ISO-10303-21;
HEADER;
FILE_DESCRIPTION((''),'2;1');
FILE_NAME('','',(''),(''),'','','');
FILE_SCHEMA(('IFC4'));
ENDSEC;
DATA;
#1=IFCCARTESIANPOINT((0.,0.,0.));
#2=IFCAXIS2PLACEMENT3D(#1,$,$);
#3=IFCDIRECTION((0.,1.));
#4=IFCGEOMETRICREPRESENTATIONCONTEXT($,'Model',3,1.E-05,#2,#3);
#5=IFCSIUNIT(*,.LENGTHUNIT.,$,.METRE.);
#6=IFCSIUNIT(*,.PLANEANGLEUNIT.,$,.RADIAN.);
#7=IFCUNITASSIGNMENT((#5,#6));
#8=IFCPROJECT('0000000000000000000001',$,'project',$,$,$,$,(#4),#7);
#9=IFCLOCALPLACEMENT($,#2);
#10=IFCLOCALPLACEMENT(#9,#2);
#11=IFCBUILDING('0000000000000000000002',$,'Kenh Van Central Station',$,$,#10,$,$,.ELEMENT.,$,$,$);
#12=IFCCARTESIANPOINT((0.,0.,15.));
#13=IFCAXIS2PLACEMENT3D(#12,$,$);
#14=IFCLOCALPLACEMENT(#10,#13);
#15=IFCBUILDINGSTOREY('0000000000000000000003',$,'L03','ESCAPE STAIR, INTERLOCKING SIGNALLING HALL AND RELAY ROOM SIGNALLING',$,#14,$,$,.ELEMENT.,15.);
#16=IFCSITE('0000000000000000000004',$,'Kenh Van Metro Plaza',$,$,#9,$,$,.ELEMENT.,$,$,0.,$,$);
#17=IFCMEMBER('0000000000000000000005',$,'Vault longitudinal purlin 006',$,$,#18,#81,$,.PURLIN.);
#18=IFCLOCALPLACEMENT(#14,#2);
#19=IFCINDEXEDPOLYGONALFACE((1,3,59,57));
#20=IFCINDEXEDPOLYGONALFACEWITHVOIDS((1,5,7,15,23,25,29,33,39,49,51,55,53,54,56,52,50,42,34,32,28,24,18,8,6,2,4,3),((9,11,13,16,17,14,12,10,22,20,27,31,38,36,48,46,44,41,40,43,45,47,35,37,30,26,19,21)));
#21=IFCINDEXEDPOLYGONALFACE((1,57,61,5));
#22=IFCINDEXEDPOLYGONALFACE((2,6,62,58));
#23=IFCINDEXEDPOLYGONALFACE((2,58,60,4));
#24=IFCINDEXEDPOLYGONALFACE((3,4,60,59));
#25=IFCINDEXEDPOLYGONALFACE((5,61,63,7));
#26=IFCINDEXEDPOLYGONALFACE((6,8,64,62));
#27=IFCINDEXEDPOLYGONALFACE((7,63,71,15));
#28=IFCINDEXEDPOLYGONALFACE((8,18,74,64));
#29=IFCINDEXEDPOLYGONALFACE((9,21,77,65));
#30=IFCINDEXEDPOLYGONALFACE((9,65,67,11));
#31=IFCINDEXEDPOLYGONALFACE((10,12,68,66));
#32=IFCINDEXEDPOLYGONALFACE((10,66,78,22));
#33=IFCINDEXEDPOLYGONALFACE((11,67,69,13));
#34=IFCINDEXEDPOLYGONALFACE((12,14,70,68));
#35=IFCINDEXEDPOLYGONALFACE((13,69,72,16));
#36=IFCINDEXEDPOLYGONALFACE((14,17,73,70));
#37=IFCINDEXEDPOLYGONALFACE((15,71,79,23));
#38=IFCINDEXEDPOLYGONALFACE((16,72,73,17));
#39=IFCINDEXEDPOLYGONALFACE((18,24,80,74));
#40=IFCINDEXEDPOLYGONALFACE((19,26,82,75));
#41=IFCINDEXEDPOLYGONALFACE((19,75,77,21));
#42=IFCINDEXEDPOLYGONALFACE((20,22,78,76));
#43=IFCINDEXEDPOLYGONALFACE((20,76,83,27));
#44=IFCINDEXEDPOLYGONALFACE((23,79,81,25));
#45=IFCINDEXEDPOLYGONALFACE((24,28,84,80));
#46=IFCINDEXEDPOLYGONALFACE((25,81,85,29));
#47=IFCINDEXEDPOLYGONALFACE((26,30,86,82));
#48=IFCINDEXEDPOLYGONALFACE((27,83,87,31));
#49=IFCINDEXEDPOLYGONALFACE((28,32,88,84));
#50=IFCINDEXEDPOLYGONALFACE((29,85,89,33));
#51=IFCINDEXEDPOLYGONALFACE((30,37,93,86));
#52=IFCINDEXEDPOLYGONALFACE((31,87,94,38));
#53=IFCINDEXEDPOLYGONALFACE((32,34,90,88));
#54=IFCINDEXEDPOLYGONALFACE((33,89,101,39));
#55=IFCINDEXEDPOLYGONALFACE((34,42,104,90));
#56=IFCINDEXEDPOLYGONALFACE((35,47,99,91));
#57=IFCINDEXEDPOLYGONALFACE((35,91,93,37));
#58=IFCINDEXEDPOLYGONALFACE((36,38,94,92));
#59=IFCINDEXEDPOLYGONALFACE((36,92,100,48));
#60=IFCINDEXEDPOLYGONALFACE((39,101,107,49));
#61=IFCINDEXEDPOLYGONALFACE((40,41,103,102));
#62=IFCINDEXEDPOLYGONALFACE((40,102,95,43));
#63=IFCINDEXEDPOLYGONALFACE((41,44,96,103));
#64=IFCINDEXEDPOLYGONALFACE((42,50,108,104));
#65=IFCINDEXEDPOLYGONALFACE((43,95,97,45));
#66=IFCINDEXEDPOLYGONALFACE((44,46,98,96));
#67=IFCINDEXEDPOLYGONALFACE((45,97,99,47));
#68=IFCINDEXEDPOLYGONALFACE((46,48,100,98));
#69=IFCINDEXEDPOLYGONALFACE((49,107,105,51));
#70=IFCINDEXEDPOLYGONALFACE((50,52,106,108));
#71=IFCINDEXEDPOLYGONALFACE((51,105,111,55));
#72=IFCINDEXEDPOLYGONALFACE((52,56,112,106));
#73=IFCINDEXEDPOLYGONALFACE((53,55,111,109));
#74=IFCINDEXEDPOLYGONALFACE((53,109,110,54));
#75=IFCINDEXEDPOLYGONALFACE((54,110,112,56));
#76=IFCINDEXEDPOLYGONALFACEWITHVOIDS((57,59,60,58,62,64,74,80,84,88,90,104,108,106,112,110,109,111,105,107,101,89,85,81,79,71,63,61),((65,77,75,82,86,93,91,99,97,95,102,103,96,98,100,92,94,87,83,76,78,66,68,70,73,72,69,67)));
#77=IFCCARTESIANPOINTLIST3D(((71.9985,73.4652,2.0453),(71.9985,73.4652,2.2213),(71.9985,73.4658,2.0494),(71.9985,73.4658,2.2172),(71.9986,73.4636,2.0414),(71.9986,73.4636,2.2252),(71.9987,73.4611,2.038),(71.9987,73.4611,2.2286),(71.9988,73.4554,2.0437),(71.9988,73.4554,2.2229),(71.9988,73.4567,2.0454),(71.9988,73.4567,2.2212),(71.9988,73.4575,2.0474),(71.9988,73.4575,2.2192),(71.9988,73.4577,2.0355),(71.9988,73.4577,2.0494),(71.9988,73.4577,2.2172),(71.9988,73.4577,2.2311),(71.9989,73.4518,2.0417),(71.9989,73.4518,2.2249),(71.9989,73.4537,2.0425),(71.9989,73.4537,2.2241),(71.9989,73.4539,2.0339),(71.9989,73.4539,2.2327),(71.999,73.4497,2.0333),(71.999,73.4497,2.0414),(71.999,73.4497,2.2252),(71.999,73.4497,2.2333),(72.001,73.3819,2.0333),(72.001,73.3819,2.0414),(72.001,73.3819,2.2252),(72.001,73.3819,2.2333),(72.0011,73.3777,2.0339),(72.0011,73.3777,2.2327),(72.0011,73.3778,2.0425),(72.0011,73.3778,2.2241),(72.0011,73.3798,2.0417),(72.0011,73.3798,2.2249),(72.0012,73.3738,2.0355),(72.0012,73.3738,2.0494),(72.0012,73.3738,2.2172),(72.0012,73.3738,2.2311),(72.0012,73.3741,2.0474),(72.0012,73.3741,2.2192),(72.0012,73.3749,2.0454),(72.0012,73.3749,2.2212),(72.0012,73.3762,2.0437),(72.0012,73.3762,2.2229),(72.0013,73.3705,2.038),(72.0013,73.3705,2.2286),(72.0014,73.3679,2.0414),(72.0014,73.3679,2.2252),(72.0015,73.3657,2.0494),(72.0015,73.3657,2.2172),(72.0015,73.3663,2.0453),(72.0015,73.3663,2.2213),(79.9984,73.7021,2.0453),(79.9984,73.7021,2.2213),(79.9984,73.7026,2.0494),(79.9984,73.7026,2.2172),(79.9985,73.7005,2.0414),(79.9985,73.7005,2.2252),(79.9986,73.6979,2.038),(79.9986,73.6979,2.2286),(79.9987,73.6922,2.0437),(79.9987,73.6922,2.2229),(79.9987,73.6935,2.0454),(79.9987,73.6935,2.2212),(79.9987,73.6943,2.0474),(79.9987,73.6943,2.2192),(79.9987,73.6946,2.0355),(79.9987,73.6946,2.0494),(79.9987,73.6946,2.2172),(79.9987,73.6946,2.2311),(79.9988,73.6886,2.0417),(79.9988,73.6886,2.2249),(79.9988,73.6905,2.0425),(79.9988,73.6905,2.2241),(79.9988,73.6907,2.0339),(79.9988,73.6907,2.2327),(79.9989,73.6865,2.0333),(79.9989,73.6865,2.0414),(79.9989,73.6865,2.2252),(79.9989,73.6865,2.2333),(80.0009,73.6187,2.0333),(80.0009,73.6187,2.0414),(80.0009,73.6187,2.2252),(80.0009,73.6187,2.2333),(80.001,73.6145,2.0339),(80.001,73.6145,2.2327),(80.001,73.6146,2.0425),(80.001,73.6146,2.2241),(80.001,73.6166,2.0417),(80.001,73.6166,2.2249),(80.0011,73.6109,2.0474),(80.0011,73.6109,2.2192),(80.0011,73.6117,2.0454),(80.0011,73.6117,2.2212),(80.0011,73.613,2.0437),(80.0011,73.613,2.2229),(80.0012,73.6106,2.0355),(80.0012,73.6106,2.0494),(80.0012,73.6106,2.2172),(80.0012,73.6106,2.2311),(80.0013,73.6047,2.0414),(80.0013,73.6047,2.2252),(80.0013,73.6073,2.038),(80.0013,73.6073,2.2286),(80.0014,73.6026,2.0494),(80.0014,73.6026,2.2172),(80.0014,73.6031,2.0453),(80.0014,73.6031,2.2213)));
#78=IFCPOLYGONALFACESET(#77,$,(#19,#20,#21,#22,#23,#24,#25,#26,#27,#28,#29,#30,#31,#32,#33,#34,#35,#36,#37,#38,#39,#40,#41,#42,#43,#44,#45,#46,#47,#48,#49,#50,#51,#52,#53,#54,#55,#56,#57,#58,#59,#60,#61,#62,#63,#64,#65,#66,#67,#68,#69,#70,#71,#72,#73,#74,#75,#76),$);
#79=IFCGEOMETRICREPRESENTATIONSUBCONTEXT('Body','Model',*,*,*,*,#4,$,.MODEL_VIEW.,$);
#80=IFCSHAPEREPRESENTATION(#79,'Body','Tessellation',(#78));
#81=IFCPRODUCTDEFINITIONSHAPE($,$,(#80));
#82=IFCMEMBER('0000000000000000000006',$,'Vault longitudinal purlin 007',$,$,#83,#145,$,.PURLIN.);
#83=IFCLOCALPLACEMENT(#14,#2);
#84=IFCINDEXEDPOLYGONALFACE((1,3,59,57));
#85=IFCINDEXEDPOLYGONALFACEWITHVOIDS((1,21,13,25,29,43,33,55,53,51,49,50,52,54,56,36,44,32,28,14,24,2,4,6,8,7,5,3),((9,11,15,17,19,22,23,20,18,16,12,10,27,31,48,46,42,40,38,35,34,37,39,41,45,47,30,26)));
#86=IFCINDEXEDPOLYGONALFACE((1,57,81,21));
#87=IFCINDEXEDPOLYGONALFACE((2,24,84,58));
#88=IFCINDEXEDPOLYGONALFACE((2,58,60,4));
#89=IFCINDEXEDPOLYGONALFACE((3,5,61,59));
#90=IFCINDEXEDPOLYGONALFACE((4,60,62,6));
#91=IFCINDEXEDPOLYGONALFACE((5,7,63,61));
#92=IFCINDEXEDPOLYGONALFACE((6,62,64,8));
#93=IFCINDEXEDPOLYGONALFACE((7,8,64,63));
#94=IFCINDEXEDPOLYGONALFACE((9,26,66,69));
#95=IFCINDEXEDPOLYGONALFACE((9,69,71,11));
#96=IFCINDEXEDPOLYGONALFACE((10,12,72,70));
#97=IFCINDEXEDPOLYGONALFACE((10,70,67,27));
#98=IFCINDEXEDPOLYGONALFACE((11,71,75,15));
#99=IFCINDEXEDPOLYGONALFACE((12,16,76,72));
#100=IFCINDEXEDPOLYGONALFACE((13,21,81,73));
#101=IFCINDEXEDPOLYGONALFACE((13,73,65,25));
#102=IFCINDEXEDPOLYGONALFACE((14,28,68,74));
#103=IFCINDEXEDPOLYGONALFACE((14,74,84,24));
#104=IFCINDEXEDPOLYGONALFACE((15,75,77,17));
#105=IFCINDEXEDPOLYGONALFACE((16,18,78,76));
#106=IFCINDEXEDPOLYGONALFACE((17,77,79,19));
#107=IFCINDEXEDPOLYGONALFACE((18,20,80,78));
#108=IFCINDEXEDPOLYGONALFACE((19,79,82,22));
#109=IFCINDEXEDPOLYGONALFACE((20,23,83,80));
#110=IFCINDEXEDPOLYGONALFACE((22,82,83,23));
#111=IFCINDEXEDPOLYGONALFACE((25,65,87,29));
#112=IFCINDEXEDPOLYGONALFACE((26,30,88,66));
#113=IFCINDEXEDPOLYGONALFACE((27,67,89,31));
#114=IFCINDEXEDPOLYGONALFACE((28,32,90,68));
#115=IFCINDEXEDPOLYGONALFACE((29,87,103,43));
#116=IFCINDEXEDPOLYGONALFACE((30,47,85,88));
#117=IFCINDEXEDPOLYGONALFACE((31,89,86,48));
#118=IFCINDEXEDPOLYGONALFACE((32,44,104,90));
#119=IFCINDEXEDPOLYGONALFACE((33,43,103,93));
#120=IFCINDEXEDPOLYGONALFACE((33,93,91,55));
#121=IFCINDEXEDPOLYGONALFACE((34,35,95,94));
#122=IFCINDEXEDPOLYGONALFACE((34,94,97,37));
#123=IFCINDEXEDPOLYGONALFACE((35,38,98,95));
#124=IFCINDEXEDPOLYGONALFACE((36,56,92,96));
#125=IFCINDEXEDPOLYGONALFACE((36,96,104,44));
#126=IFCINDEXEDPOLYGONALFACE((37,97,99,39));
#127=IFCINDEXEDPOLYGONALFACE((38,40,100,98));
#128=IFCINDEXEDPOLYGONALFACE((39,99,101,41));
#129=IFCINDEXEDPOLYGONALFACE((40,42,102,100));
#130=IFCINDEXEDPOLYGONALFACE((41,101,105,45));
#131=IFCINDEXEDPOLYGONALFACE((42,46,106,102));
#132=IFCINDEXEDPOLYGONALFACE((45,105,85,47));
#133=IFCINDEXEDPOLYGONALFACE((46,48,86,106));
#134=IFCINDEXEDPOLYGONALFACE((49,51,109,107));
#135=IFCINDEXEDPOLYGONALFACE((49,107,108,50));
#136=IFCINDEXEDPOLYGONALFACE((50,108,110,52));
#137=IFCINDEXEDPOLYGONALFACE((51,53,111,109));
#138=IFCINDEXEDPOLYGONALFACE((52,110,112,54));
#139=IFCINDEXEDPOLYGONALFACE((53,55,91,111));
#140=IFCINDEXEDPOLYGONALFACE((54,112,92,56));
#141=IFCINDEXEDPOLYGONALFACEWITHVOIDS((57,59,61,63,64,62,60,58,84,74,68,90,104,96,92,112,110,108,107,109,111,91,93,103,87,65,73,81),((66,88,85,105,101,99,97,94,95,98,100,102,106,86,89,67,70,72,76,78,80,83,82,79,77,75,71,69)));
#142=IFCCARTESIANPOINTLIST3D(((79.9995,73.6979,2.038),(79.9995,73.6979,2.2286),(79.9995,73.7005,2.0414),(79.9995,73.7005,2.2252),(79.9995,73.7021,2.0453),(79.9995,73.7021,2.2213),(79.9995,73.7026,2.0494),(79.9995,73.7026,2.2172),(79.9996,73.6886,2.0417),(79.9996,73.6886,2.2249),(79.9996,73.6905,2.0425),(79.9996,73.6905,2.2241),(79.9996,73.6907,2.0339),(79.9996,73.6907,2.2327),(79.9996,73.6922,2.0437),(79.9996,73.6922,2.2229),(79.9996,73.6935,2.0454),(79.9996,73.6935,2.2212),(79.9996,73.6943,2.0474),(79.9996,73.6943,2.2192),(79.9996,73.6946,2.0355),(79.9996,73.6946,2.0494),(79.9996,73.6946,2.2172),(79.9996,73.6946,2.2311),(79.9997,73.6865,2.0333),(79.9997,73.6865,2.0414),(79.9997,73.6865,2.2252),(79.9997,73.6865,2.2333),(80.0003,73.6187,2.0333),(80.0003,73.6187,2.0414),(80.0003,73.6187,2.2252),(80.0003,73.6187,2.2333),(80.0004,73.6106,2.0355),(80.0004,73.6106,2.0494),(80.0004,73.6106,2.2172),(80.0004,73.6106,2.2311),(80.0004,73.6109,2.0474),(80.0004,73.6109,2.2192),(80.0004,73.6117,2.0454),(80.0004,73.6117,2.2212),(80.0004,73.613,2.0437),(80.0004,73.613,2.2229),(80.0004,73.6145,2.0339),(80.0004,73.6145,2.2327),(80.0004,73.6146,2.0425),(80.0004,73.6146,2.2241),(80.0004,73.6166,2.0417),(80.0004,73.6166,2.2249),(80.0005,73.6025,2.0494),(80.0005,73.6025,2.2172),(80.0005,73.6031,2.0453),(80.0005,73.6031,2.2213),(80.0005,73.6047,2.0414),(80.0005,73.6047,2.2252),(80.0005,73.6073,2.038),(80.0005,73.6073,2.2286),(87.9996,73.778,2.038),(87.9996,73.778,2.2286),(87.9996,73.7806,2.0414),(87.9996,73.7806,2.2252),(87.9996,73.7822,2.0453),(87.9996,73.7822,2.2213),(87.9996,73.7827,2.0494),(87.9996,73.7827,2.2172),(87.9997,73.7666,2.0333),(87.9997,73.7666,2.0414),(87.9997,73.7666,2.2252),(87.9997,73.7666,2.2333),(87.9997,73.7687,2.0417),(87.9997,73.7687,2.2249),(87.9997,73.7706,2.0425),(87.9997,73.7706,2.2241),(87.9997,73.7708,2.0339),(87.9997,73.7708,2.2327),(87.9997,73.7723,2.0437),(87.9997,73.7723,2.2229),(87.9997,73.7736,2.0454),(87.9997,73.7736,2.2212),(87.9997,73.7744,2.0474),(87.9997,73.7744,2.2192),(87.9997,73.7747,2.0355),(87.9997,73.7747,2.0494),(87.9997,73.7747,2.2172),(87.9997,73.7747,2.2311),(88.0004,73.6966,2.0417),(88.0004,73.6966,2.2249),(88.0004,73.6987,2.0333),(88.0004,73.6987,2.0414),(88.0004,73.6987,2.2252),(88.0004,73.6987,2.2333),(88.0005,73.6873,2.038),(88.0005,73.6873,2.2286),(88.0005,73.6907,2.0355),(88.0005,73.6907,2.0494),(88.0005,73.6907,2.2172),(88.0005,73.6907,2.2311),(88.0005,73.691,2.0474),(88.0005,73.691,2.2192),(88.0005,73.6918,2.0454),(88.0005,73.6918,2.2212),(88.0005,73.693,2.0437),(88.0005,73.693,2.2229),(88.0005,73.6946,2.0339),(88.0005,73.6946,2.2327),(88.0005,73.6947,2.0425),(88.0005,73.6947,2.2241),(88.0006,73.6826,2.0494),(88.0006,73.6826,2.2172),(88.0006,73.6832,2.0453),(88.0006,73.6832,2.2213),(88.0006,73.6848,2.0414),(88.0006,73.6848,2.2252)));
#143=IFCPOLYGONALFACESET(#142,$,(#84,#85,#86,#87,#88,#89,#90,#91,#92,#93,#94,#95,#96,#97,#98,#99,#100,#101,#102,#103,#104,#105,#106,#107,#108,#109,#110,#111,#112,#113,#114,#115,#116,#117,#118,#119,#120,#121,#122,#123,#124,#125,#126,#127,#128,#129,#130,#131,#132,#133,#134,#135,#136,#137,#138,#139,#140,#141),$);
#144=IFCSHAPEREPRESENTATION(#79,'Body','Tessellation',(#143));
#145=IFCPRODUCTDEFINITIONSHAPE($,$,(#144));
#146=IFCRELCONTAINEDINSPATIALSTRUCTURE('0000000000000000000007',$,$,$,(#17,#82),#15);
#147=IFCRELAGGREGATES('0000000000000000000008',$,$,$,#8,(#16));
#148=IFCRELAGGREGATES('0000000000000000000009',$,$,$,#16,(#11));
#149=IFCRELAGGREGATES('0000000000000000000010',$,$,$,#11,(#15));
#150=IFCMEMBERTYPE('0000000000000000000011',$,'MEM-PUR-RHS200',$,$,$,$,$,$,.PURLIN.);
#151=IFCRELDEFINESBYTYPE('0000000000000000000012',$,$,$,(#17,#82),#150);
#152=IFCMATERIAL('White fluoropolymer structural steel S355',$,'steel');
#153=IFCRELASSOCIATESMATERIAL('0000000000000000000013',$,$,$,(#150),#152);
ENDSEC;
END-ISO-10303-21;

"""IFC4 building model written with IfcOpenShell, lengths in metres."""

from ifc_helpers import new_model, si_unit, direction, frame, origin, origin_2d, place, context, subcontext, project, spatial, hollow_rectangle, extrude, material, material_profile, profile_set, type_object, element, save


model = new_model("IFC4")

# Units and contexts
model_context = context("Model", 3, precision=1e-05, world=origin(), true_north=direction((0.0, 1.0)))
body_context = subcontext(model_context, "Body", "Model", "MODEL_VIEW")
ifc_project = project(units=[si_unit("LENGTHUNIT", "METRE"), si_unit("PLANEANGLEUNIT", "RADIAN")], contexts=[model_context])

# Site, building, storey
site_placement = place(None, origin())
site = spatial("IfcSite", under=ifc_project, at=site_placement, Name="Kenh Van Metro Plaza", CompositionType="ELEMENT", RefElevation=0.0)
building_placement = place(site_placement, origin())
building = spatial("IfcBuilding", under=site, at=building_placement, Name="Kenh Van Central Station", CompositionType="ELEMENT")
storey_placement = place(building_placement, frame((0.0, 0.0, 15.0)))
storey = spatial("IfcBuildingStorey", under=building, at=storey_placement, Name="L03", Description="ESCAPE STAIR, INTERLOCKING SIGNALLING HALL AND RELAY ROOM SIGNALLING", CompositionType="ELEMENT", Elevation=15.0)

# Shared definitions
ifc_material_1 = material(Name="White fluoropolymer structural steel S355", Category="steel")

# Members
ifc_material_profile_1 = material_profile(ifc_material_1, hollow_rectangle(XDim=0.1001, YDim=0.2, WallThickness=0.0081, InnerFilletRadius=0.0081, OuterFilletRadius=0.0161, at=origin_2d()), Name="RHS 200x100x8")
ifc_profile_set_1 = profile_set([ifc_material_profile_1], Name="White fluoropolymer structural steel S355")
member_type_1 = type_object("IfcMemberType", Name="MEM-PUR-RHS200", PredefinedType="PURLIN", material=ifc_profile_set_1)
member_1_placement = place(storey_placement, frame((72.0, 73.4158, 2.1333), z_axis=(0.999562, 0.029589, 0.0), x_axis=(-0.029589, 0.999562, 0.0)))
element("IfcMember", 1, at=member_1_placement, inside=storey, type_object=member_type_1, Name="Vault longitudinal purlin 006", PredefinedType="PURLIN", context=body_context, shape_type="SweptSolid", body=[
    extrude(hollow_rectangle(XDim=0.1001, YDim=0.2, WallThickness=0.0081, InnerFilletRadius=0.0081, OuterFilletRadius=0.0161, at=origin_2d()), origin(), (0.0, 0.0, 1.0), 8.0034),
])
member_2_placement = place(storey_placement, frame((80.0, 73.6526, 2.1333), z_axis=(0.99995, 0.010009, 0.0), x_axis=(-0.010009, 0.99995, 0.0)))
element("IfcMember", 2, at=member_2_placement, inside=storey, type_object=member_type_1, Name="Vault longitudinal purlin 007", PredefinedType="PURLIN", context=body_context, shape_type="SweptSolid", body=[
    extrude(hollow_rectangle(XDim=0.1001, YDim=0.2, WallThickness=0.0081, InnerFilletRadius=0.0081, OuterFilletRadius=0.0161, at=origin_2d()), origin(), (0.0, 0.0, 1.0), 8.0005),
])

save(model, "model.ifc")
